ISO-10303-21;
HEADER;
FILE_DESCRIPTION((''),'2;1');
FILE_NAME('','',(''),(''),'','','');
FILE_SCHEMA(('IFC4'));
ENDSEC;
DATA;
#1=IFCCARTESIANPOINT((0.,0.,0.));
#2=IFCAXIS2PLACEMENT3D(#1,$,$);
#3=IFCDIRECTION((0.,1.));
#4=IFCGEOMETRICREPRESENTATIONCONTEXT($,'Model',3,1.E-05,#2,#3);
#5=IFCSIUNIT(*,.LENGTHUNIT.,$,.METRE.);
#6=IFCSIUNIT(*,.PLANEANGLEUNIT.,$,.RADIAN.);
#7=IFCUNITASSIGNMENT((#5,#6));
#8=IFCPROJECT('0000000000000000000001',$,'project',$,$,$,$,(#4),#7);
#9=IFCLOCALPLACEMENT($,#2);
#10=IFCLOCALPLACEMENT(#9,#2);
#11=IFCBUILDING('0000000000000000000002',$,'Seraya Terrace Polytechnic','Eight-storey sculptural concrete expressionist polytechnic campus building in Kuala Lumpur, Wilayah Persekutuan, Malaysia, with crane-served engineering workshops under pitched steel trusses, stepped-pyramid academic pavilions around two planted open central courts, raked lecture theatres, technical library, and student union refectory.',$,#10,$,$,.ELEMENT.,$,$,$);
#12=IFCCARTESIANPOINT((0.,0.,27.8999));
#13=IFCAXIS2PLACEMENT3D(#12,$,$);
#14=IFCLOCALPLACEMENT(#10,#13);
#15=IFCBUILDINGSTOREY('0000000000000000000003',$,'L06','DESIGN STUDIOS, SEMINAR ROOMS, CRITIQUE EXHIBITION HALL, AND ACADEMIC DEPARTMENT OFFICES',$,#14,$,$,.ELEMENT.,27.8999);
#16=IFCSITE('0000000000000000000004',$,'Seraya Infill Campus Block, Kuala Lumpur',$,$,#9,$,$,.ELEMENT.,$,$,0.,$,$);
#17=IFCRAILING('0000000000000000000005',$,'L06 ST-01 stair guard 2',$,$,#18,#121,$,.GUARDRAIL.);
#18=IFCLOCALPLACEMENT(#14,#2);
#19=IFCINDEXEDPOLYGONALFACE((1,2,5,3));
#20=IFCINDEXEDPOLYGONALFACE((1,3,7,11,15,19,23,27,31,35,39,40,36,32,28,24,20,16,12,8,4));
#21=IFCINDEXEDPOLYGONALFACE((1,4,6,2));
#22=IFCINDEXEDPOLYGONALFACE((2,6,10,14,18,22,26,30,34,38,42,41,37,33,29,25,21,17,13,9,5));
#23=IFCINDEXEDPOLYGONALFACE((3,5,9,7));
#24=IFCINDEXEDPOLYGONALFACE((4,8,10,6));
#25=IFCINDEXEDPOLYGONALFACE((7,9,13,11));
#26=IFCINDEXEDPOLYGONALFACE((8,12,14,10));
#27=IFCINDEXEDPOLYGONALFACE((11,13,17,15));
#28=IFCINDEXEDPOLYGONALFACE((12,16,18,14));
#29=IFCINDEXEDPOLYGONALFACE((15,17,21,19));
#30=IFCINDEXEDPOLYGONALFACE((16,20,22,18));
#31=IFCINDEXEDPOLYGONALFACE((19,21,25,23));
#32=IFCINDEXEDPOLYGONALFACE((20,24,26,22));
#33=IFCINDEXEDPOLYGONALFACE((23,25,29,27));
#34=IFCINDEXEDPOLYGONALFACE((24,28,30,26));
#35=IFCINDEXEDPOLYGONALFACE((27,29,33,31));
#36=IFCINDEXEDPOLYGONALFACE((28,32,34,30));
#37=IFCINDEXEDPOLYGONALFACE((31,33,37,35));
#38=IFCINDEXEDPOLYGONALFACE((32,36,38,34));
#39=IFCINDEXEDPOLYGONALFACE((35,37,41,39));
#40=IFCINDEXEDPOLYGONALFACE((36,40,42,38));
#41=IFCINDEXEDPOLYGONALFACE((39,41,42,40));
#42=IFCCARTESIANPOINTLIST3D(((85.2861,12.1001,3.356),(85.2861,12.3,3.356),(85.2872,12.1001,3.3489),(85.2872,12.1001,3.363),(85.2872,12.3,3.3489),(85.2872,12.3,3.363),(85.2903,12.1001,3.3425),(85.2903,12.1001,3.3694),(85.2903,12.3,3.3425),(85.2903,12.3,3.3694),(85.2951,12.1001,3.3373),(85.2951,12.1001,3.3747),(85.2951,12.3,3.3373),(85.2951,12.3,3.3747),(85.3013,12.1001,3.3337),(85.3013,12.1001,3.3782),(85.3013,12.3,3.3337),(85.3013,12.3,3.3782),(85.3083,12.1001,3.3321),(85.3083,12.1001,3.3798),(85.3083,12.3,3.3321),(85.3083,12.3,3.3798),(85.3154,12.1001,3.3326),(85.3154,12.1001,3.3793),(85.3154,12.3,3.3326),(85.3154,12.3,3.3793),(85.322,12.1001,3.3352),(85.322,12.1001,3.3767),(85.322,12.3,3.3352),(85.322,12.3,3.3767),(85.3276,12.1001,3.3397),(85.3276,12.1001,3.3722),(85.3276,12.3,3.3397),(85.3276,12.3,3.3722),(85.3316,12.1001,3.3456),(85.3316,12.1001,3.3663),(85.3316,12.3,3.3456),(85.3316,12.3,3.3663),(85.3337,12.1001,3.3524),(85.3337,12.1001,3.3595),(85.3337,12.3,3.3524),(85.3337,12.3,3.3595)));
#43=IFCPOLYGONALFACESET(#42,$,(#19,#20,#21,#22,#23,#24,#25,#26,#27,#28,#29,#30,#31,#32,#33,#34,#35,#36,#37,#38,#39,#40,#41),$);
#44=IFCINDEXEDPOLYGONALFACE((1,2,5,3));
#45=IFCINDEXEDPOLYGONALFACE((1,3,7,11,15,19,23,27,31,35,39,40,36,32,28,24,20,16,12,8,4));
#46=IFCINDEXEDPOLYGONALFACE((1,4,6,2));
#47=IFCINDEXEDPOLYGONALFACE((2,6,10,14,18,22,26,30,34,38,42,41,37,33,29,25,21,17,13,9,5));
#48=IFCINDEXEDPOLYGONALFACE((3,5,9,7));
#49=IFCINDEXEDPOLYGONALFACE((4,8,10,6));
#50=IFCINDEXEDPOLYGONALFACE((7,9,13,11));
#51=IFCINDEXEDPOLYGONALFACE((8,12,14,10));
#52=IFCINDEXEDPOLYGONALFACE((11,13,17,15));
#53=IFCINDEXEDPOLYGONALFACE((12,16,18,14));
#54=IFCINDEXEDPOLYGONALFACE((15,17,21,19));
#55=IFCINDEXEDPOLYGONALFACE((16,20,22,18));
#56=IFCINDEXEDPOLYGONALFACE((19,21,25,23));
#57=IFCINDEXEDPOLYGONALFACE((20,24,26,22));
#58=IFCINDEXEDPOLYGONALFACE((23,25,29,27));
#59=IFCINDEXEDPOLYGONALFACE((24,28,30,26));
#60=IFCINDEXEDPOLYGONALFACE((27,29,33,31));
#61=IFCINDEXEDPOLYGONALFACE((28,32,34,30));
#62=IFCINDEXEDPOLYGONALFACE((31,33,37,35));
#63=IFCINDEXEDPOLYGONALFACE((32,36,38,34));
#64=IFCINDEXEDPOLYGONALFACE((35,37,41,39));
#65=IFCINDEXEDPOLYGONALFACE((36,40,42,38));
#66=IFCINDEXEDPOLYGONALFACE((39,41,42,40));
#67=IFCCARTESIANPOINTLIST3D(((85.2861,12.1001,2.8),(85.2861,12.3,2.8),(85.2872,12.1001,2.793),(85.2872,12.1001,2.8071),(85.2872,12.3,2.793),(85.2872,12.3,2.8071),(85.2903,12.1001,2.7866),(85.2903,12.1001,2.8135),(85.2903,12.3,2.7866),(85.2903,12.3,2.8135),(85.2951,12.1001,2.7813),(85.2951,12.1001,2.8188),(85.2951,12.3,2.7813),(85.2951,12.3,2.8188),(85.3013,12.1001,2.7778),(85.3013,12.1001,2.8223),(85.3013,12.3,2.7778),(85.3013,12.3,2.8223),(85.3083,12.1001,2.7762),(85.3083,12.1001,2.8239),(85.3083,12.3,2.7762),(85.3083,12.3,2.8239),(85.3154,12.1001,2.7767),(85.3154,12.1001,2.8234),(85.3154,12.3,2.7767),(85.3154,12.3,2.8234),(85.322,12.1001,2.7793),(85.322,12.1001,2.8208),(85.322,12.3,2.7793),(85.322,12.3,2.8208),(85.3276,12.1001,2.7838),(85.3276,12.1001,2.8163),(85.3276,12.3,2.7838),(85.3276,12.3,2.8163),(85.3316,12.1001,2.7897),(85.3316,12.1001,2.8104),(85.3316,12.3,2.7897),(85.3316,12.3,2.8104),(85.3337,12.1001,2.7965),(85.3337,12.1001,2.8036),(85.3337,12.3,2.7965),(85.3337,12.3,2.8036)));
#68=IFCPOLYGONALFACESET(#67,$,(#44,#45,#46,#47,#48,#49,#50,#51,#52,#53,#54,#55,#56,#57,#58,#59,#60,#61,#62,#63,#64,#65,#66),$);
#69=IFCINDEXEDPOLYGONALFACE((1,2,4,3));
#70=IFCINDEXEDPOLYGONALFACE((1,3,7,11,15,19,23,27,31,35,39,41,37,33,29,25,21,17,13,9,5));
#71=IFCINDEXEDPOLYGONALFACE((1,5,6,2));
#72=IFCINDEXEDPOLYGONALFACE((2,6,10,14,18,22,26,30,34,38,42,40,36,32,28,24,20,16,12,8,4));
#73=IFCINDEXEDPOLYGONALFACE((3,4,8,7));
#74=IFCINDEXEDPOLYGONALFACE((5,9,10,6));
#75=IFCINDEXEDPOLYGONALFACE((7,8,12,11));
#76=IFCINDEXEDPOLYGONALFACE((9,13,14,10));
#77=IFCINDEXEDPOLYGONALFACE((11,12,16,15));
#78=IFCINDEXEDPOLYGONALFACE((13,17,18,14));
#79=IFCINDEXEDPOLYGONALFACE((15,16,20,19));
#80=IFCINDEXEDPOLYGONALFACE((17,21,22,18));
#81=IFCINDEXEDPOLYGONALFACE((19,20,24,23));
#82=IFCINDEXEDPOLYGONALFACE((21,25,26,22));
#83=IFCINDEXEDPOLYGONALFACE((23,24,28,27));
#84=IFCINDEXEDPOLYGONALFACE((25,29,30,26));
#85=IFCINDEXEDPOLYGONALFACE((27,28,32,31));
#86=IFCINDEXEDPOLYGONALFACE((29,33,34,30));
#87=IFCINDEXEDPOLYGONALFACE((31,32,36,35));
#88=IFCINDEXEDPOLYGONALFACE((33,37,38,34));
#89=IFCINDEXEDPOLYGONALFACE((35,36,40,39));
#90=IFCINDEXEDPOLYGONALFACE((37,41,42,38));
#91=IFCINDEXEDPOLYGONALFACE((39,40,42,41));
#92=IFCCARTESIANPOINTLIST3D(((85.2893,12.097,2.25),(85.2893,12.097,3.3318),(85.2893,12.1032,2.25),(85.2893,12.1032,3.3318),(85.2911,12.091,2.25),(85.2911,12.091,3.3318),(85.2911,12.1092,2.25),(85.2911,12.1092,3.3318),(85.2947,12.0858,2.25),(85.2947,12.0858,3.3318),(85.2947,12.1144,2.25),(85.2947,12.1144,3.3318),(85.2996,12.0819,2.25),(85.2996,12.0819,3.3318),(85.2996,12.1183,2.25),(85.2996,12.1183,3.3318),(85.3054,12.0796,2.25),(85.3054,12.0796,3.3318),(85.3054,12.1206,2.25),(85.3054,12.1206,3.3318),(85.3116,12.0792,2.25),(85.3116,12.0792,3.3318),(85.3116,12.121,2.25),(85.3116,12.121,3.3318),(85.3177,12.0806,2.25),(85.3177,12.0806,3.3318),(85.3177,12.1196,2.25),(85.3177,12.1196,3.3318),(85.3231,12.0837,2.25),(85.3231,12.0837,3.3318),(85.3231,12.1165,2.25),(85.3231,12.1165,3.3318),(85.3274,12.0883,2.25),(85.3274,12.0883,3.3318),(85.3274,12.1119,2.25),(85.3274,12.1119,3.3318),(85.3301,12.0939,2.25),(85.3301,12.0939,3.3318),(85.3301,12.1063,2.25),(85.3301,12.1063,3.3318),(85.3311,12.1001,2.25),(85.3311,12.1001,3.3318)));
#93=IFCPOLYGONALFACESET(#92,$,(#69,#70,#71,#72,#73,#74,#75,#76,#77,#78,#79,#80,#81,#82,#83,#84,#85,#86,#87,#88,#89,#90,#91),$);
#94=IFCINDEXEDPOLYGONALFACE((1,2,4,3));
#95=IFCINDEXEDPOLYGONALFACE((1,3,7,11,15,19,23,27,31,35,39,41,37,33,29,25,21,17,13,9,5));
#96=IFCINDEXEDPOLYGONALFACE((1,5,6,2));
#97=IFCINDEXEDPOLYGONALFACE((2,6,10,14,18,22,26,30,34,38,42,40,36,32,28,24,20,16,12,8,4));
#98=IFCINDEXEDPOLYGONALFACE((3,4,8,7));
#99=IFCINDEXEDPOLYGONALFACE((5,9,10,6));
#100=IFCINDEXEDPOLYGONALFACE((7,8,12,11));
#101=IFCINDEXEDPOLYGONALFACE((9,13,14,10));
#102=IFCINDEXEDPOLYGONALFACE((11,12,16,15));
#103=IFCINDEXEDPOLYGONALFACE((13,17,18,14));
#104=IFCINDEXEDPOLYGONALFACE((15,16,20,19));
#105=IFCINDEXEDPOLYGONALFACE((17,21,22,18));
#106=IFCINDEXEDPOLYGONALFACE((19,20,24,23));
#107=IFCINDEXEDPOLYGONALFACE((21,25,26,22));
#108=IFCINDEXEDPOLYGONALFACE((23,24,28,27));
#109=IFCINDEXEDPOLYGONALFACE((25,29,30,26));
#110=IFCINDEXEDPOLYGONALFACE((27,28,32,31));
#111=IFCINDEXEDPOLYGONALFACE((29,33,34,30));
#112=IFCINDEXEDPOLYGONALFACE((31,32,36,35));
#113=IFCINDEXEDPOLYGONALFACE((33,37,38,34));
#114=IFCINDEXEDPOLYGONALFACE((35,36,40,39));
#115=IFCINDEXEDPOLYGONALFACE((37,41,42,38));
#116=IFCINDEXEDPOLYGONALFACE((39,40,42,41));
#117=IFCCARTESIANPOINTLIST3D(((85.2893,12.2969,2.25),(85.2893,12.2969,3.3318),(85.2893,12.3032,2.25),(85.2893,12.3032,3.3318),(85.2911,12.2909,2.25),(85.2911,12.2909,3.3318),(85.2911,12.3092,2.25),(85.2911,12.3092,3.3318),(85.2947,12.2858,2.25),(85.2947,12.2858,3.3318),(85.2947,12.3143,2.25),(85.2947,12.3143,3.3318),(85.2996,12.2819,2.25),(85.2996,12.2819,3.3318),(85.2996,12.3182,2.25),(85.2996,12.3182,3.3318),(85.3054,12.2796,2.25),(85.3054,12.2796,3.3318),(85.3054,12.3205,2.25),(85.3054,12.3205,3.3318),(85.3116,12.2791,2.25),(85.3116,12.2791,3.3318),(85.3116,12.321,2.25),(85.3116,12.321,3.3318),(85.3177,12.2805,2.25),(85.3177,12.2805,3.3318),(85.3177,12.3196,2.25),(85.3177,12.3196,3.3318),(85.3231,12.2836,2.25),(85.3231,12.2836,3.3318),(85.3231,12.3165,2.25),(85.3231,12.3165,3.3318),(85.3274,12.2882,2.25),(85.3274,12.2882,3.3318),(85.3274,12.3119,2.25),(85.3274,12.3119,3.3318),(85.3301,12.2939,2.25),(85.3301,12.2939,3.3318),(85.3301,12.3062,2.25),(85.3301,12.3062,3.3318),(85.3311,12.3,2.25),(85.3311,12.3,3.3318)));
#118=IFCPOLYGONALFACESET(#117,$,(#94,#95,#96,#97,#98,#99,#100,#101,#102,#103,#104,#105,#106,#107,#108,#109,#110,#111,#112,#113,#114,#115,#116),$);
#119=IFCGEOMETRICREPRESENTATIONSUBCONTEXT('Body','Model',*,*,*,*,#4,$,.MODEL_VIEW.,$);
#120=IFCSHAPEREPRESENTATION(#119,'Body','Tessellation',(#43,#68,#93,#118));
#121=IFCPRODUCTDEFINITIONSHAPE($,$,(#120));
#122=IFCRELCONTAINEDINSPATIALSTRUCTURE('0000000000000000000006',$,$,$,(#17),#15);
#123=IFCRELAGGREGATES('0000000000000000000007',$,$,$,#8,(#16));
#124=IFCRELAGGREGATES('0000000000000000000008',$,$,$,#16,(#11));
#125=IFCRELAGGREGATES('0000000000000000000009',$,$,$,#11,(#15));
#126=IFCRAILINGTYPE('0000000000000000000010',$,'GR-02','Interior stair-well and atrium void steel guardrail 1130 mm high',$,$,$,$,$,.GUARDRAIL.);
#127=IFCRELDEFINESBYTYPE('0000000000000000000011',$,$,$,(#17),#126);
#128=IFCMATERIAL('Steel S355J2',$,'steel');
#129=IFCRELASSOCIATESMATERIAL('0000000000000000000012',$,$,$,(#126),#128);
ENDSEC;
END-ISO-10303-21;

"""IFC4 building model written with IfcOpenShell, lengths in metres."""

from ifc_helpers import new_model, si_unit, direction, frame, origin, origin_2d, place, context, subcontext, project, spatial, circle, extrude, material, type_object, element, save


model = new_model("IFC4")

# Units and contexts
model_context = context("Model", 3, precision=1e-05, world=origin(), true_north=direction((0.0, 1.0)))
body_context = subcontext(model_context, "Body", "Model", "MODEL_VIEW")
ifc_project = project(units=[si_unit("LENGTHUNIT", "METRE"), si_unit("PLANEANGLEUNIT", "RADIAN")], contexts=[model_context])

# Site, building, storey
site_placement = place(None, origin())
site = spatial("IfcSite", under=ifc_project, at=site_placement, Name="Seraya Infill Campus Block, Kuala Lumpur", CompositionType="ELEMENT", RefElevation=0.0)
building_placement = place(site_placement, origin())
building = spatial("IfcBuilding", under=site, at=building_placement, Name="Seraya Terrace Polytechnic", Description="Eight-storey sculptural concrete expressionist polytechnic campus building in Kuala Lumpur, Wilayah Persekutuan, Malaysia, with crane-served engineering workshops under pitched steel trusses, stepped-pyramid academic pavilions around two planted open central courts, raked lecture theatres, technical library, and student union refectory.", CompositionType="ELEMENT")
storey_placement = place(building_placement, frame((0.0, 0.0, 27.8999)))
storey = spatial("IfcBuildingStorey", under=building, at=storey_placement, Name="L06", Description="DESIGN STUDIOS, SEMINAR ROOMS, CRITIQUE EXHIBITION HALL, AND ACADEMIC DEPARTMENT OFFICES", CompositionType="ELEMENT", Elevation=27.8999)

# Shared definitions
ifc_material_1 = material(Name="Steel S355J2", Category="steel")

# Railing
railing_type_1 = type_object("IfcRailingType", Name="GR-02", Description="Interior stair-well and atrium void steel guardrail 1130 mm high", PredefinedType="GUARDRAIL", material=ifc_material_1)
railing_1_placement = place(storey_placement, frame((85.3101, 12.1001, 2.25)))
element("IfcRailing", 1, at=railing_1_placement, inside=storey, type_object=railing_type_1, Name="L06 ST-01 stair guard 2", PredefinedType="GUARDRAIL", context=body_context, shape_type="SweptSolid", body=[
    extrude(circle(Radius=0.0239, at=origin_2d()), frame((0.0, 0.0, 1.106), z_axis=(0.0, 1.0, 0.0), x_axis=(-1.0, 0.0, 0.0)), (0.0, 0.0, 1.0), 0.2),
    extrude(circle(Radius=0.0239, at=origin_2d()), frame((0.0, 0.0, 0.55), z_axis=(0.0, 1.0, 0.0), x_axis=(-1.0, 0.0, 0.0)), (0.0, 0.0, 1.0), 0.2),
    extrude(circle(Radius=0.021, at=origin_2d()), origin(), (0.0, 0.0, 1.0), 1.0818),
    extrude(circle(Radius=0.021, at=origin_2d()), frame((0.0, 0.2, 0.0)), (0.0, 0.0, 1.0), 1.0818),
])

save(model, "model.ifc")
